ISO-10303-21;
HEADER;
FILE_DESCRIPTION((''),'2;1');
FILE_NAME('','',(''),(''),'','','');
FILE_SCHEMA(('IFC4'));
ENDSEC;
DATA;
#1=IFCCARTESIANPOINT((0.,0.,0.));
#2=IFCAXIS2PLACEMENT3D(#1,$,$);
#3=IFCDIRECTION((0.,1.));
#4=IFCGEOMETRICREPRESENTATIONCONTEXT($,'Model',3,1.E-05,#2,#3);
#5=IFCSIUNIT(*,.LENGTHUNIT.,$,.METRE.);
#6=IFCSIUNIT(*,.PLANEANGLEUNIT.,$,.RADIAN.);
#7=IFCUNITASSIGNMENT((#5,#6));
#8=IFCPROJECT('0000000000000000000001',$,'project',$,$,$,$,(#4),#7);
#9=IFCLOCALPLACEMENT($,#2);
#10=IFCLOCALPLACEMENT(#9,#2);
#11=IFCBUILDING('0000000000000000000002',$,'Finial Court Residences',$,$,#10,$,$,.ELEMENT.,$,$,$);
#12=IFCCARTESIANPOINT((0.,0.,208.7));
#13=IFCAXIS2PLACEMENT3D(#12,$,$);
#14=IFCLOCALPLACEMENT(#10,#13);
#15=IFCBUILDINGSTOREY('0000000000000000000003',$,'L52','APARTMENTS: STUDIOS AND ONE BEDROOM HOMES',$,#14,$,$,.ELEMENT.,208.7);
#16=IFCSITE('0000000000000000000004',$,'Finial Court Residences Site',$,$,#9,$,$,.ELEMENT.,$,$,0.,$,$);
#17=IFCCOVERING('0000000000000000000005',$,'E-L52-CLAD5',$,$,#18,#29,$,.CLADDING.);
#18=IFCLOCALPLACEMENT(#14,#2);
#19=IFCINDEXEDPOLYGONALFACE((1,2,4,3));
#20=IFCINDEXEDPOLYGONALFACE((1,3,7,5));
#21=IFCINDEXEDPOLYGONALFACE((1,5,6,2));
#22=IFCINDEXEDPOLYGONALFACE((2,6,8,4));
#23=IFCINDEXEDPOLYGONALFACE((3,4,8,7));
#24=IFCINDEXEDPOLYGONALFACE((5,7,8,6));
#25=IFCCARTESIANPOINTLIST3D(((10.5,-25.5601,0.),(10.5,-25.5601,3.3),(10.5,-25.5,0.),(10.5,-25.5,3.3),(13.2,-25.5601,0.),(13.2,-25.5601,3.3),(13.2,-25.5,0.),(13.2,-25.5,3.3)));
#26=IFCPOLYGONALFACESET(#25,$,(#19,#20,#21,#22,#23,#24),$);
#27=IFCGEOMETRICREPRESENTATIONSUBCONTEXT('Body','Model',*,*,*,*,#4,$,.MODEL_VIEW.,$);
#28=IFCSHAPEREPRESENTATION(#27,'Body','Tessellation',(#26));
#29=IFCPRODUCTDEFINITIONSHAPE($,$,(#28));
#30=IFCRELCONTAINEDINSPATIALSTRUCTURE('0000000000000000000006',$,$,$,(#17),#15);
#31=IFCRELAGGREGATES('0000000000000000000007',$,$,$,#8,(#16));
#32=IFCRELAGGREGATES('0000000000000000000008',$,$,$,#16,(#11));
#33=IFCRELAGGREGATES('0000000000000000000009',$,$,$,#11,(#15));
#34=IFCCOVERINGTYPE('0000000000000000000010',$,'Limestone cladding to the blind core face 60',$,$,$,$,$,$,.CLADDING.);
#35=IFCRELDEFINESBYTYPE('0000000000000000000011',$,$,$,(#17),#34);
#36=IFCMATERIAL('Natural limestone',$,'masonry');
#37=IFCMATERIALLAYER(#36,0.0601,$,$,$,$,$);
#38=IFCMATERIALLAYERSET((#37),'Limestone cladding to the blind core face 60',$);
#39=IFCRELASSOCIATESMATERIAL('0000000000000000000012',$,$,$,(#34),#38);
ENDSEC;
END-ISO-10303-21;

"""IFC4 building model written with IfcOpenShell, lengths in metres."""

from ifc_helpers import new_model, si_unit, direction, frame, origin, place, context, subcontext, project, spatial, polyline, outline, extrude, material, layer, layer_set, type_object, element, save


model = new_model("IFC4")

# Units and contexts
model_context = context("Model", 3, precision=1e-05, world=origin(), true_north=direction((0.0, 1.0)))
body_context = subcontext(model_context, "Body", "Model", "MODEL_VIEW")
ifc_project = project(units=[si_unit("LENGTHUNIT", "METRE"), si_unit("PLANEANGLEUNIT", "RADIAN")], contexts=[model_context])

# Site, building, storey
site_placement = place(None, origin())
site = spatial("IfcSite", under=ifc_project, at=site_placement, Name="Finial Court Residences Site", CompositionType="ELEMENT", RefElevation=0.0)
building_placement = place(site_placement, origin())
building = spatial("IfcBuilding", under=site, at=building_placement, Name="Finial Court Residences", CompositionType="ELEMENT")
storey_placement = place(building_placement, frame((0.0, 0.0, 208.7)))
storey = spatial("IfcBuildingStorey", under=building, at=storey_placement, Name="L52", Description="APARTMENTS: STUDIOS AND ONE BEDROOM HOMES", CompositionType="ELEMENT", Elevation=208.7)

# Covering
ifc_material_1 = material(Name="Natural limestone", Category="masonry")
ifc_layer_1 = layer(ifc_material_1, 0.0601)
ifc_layer_set_1 = layer_set([ifc_layer_1], Name="Limestone cladding to the blind core face 60")
covering_type = type_object("IfcCoveringType", Name="Limestone cladding to the blind core face 60", PredefinedType="CLADDING", material=ifc_layer_set_1)
covering_1_placement = place(storey_placement, origin())
element("IfcCovering", 1, at=covering_1_placement, inside=storey, type_object=covering_type, Name="E-L52-CLAD5", PredefinedType="CLADDING", context=body_context, shape_type="SweptSolid", body=[
    extrude(outline(polyline([(13.2, -25.5601), (13.2, -25.5), (10.5, -25.5), (10.5, -25.5601), (13.2, -25.5601)])), origin(), (0.0, 0.0, 1.0), 3.3),
])

save(model, "model.ifc")
